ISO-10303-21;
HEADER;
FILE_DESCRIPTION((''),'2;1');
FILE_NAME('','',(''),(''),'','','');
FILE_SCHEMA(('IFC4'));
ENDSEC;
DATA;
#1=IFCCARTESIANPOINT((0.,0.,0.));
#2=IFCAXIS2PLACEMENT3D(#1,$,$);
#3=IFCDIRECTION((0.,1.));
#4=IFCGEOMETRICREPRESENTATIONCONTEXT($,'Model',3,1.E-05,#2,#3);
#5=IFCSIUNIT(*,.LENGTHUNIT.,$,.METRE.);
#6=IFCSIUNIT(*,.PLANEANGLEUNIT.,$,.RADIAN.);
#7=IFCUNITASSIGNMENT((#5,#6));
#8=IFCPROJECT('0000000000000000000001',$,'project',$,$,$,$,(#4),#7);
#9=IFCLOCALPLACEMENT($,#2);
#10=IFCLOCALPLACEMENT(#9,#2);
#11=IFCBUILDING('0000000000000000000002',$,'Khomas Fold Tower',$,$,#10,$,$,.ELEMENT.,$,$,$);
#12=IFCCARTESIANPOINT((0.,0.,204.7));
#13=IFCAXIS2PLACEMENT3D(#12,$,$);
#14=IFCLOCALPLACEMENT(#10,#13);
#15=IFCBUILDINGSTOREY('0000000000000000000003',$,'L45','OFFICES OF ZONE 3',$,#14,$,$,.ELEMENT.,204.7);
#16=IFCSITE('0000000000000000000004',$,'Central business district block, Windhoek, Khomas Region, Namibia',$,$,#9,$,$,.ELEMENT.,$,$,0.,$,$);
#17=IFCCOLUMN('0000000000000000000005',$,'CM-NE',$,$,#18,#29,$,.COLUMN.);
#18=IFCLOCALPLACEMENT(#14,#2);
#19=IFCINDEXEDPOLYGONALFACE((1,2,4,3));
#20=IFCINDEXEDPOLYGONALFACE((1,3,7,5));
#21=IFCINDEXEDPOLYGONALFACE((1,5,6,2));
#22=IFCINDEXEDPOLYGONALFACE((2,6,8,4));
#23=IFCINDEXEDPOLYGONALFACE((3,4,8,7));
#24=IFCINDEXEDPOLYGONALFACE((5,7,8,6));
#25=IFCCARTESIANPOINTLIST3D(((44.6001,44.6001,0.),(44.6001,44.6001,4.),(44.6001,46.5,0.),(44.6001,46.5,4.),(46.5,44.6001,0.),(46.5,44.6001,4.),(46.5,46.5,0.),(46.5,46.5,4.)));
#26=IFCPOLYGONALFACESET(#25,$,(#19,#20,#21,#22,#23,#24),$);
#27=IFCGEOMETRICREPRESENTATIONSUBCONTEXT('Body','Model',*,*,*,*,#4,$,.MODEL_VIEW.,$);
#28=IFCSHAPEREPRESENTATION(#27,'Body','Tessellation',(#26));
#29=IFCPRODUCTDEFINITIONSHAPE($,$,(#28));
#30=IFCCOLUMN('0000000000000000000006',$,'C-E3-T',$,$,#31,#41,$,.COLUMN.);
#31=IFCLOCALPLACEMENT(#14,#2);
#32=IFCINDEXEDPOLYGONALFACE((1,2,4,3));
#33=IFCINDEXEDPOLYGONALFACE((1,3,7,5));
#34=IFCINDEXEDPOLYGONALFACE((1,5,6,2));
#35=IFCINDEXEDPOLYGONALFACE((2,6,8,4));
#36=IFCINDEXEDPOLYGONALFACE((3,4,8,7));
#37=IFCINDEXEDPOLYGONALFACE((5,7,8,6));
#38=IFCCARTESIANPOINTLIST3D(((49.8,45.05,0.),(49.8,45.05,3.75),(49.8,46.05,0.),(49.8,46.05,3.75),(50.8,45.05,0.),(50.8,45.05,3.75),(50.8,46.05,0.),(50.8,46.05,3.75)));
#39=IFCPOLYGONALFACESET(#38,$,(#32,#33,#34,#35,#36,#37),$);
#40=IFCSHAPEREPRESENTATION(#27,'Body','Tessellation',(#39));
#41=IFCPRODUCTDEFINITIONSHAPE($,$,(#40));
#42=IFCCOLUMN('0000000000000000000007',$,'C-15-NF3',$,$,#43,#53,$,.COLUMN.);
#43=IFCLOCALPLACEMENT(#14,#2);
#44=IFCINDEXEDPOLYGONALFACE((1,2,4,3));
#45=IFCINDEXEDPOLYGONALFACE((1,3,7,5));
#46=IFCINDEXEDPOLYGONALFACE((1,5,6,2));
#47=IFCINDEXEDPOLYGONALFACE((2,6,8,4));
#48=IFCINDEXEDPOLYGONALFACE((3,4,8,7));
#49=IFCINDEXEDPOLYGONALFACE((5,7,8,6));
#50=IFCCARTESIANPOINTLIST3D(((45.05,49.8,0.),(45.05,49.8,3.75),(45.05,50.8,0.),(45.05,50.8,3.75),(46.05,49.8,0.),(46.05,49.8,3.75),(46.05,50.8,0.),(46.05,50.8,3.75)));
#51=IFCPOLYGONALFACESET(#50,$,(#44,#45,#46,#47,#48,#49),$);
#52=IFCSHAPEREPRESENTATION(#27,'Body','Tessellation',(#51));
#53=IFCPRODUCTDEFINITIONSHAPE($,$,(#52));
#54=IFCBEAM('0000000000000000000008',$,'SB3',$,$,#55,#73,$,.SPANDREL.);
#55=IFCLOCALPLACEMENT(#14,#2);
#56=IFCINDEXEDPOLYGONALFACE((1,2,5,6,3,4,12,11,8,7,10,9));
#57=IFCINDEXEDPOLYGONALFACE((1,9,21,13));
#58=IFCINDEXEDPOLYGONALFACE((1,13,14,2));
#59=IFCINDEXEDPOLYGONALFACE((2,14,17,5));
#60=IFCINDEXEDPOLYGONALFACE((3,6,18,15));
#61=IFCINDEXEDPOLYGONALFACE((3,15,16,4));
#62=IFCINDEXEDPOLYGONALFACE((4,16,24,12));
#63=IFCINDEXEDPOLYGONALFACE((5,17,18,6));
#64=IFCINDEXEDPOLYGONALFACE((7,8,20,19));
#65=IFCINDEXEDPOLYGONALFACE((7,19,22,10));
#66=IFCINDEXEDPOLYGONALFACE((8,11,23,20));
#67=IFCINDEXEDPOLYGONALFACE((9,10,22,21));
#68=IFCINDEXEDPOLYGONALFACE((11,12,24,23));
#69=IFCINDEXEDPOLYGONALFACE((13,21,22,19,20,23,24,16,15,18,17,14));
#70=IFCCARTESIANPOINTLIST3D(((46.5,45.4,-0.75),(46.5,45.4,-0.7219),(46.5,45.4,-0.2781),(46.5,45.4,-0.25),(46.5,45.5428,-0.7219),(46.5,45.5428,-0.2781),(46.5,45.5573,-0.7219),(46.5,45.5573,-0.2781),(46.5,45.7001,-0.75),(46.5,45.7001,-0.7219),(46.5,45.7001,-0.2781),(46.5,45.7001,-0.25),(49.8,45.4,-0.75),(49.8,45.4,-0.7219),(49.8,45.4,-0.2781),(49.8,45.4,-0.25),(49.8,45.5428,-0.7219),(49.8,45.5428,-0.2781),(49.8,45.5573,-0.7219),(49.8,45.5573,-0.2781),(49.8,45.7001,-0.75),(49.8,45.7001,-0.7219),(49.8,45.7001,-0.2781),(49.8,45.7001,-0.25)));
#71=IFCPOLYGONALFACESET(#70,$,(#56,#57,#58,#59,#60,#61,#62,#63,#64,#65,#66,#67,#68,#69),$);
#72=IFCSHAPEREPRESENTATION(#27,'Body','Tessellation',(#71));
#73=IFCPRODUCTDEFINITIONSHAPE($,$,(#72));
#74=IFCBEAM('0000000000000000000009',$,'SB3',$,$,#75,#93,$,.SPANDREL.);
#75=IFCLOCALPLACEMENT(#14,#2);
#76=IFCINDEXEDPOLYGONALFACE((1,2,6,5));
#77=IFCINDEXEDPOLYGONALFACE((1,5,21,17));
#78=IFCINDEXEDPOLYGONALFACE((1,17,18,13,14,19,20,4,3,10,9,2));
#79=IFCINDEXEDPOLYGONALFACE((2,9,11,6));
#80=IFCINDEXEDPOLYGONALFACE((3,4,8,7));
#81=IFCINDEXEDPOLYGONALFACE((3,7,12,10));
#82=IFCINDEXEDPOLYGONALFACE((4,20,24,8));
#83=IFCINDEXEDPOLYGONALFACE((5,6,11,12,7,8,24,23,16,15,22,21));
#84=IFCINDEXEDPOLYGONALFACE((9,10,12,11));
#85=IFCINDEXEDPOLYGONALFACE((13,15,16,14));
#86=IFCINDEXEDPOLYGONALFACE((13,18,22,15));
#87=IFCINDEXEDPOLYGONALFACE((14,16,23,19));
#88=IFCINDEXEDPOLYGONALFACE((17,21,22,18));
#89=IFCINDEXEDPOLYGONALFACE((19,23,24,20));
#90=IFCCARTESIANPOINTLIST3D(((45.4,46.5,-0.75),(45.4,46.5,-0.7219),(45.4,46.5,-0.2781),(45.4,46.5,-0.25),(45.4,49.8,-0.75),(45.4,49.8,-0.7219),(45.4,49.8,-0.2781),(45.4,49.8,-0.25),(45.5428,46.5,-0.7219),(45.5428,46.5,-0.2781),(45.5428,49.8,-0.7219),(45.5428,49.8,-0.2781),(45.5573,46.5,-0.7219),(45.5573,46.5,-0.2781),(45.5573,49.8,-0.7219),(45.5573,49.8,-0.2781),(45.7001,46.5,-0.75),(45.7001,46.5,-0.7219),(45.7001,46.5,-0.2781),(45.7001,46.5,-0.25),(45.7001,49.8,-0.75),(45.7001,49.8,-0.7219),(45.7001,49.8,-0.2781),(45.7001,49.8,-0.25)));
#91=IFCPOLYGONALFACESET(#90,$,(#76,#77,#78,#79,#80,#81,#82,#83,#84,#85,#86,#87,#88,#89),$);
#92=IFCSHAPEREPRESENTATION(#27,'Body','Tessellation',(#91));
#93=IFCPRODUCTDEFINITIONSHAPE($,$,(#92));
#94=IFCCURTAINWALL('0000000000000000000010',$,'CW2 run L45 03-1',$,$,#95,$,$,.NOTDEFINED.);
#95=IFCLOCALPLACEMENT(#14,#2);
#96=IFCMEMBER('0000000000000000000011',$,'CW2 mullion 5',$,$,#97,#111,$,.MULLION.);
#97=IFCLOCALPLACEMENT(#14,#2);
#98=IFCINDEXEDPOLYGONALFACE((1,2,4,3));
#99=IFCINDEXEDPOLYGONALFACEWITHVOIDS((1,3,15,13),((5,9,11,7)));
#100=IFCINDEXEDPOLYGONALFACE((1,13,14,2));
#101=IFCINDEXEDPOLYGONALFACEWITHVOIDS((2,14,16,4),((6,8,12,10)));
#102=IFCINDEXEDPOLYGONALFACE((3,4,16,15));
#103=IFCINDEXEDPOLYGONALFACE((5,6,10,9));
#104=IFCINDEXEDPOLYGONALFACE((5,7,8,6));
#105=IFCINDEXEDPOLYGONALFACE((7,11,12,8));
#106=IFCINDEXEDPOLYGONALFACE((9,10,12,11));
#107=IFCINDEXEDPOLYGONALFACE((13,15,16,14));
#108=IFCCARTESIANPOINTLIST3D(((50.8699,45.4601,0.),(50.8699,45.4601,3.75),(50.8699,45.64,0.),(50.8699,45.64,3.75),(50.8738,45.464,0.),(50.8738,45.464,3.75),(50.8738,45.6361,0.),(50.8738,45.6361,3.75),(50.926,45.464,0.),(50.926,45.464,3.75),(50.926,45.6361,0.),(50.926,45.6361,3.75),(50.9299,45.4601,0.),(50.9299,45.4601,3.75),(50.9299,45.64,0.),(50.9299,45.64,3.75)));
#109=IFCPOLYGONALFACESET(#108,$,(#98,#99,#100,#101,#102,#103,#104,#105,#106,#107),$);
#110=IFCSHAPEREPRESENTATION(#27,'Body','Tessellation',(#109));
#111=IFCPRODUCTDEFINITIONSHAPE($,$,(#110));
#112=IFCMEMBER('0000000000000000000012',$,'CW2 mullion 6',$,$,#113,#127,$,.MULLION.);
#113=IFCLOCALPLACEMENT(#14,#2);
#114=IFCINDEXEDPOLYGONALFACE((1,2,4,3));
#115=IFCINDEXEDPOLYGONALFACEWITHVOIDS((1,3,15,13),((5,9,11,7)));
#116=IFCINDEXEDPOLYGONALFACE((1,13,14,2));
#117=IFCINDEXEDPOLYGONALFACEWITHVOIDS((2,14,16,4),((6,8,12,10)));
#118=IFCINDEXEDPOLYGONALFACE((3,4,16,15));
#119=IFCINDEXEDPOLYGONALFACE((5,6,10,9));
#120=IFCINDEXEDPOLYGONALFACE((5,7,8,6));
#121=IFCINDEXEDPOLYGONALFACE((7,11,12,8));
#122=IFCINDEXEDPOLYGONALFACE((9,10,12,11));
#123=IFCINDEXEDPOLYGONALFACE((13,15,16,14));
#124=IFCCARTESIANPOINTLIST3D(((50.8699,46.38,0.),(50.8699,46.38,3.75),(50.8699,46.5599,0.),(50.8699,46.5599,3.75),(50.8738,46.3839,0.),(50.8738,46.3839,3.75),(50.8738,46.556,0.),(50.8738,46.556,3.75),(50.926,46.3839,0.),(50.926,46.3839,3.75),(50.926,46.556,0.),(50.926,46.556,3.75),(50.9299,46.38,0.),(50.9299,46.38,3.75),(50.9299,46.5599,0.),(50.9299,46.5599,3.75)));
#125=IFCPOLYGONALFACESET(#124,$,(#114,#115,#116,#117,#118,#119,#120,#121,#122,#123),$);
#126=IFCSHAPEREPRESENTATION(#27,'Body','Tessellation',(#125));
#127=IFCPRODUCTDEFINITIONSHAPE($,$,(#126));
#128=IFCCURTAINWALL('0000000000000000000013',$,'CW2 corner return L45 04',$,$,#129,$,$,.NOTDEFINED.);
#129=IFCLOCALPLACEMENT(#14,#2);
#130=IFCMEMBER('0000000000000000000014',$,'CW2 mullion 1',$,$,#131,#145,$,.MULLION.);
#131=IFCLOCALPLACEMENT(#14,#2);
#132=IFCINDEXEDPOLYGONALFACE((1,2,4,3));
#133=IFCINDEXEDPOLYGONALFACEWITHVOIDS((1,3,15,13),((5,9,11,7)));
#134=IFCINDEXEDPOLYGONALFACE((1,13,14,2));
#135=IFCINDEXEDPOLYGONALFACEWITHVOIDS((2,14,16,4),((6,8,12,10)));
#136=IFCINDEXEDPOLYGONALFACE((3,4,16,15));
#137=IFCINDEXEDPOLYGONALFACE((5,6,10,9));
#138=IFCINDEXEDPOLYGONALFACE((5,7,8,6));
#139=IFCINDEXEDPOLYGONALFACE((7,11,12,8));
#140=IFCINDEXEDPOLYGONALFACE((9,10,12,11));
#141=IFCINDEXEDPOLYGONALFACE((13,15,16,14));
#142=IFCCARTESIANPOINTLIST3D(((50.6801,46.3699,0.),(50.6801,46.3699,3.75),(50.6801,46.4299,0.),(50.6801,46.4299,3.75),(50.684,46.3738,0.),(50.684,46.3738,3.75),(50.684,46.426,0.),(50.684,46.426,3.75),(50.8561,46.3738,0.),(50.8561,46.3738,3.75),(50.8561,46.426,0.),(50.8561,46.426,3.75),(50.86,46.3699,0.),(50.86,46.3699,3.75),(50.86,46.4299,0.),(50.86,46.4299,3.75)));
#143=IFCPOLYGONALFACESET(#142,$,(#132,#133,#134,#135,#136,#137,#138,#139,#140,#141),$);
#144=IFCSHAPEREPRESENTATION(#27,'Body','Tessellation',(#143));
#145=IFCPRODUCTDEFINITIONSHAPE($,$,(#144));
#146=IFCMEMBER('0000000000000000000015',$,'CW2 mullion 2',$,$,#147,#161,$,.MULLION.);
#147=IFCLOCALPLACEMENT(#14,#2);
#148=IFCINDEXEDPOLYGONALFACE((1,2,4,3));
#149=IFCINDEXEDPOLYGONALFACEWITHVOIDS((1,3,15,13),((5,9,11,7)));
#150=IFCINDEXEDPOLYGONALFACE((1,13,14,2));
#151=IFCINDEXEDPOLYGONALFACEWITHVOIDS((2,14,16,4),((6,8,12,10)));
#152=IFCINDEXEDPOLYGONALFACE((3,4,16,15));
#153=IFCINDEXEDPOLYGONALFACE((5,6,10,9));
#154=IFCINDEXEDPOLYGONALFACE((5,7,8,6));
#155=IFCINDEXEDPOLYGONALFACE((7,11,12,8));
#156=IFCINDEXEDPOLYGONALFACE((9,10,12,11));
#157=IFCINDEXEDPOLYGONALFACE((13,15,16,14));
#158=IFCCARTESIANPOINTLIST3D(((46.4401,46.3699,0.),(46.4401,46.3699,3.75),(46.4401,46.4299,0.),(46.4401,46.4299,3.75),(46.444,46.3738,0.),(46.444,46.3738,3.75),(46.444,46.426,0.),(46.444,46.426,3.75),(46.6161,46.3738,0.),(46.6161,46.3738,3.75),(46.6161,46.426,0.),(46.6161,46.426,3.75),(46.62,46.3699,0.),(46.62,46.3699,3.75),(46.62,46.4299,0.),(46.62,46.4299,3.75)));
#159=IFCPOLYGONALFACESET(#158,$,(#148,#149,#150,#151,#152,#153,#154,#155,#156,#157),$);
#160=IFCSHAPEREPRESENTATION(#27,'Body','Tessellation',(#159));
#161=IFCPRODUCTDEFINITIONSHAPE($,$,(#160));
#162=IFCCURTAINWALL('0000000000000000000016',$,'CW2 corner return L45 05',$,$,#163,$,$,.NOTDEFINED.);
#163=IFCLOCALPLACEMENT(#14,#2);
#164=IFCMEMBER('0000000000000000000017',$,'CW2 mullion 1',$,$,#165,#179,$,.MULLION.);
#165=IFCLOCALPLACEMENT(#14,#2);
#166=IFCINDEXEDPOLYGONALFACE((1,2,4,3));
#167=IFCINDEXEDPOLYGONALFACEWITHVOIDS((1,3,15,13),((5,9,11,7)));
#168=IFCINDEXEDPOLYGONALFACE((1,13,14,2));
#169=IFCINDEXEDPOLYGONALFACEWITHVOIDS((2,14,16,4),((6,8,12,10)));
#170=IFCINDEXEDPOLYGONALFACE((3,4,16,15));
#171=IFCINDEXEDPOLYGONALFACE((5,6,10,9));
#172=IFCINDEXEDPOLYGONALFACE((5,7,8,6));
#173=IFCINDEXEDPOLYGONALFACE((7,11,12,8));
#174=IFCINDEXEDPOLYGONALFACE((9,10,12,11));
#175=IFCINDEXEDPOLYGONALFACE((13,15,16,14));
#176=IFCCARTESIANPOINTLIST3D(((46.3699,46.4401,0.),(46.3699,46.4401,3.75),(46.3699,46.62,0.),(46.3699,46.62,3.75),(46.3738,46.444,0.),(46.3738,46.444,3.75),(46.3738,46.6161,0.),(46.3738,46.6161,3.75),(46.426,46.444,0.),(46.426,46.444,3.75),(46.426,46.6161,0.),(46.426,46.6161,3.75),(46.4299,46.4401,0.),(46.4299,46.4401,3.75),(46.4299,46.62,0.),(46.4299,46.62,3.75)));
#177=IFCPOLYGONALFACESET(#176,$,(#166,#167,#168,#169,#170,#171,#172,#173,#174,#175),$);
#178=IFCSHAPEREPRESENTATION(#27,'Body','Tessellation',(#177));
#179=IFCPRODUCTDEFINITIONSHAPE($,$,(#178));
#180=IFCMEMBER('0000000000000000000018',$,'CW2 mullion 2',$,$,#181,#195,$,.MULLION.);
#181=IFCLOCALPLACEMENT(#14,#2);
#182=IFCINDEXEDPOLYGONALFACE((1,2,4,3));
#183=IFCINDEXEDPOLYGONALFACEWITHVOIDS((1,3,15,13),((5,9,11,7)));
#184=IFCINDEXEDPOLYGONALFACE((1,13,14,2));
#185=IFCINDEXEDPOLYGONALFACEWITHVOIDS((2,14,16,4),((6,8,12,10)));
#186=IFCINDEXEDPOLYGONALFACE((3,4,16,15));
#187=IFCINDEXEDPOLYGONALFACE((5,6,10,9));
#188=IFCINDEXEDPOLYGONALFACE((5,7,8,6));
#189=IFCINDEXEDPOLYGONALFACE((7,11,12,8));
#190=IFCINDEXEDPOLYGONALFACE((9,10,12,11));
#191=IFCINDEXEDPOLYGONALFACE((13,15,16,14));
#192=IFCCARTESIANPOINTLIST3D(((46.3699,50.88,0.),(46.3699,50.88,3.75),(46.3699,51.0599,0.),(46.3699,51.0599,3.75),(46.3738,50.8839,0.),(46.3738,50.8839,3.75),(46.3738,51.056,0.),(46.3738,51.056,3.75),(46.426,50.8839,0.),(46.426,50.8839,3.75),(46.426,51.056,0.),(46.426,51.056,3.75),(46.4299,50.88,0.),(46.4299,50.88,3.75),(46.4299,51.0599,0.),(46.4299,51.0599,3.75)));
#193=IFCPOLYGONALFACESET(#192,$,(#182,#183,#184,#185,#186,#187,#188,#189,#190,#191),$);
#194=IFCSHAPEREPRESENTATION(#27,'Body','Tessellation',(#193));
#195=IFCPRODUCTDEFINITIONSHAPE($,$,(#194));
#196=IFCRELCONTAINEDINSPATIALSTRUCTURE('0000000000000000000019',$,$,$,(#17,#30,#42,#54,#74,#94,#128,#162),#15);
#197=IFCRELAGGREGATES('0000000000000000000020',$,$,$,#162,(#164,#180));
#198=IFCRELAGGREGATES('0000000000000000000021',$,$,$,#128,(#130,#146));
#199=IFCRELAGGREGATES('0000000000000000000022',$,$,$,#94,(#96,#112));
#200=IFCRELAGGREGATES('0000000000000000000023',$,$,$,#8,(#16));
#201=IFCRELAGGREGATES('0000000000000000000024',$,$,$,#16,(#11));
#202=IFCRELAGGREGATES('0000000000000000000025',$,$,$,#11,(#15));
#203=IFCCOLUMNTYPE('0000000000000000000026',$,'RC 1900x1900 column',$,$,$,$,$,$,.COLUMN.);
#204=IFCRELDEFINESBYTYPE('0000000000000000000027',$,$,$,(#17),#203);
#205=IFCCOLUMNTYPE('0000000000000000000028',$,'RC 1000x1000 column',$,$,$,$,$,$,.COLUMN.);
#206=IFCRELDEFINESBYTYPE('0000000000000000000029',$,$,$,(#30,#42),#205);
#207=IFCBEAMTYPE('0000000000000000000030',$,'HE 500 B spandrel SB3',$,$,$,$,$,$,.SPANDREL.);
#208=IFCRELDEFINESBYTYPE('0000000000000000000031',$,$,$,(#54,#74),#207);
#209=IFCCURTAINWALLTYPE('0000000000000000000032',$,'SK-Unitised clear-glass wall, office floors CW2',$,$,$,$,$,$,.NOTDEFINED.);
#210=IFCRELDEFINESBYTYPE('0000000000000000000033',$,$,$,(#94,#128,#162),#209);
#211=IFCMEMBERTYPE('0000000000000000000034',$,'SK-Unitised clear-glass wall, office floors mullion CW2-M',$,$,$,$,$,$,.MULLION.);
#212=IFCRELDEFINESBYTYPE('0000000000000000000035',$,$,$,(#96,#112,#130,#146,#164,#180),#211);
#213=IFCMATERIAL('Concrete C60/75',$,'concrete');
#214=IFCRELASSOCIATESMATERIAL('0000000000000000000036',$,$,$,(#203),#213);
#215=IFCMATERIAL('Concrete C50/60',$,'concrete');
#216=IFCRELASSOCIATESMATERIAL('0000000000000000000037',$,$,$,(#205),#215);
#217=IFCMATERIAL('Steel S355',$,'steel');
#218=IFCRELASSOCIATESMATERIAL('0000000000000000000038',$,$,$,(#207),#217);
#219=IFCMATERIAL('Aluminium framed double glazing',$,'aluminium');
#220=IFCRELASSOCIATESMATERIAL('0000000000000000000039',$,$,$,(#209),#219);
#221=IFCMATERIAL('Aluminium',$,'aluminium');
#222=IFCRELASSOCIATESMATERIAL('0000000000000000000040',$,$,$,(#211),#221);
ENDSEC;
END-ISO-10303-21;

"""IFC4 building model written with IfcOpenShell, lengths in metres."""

from ifc_helpers import new_model, si_unit, direction, frame, origin, origin_2d, place, context, subcontext, project, spatial, rectangle, hollow_rectangle, i_section, extrude, source, transform, mapped, material, material_profile, profile_set, type_object, element, aggregate, save


model = new_model("IFC4")

# Units and contexts
model_context = context("Model", 3, precision=1e-05, world=origin(), true_north=direction((0.0, 1.0)))
body_context = subcontext(model_context, "Body", "Model", "MODEL_VIEW")
ifc_project = project(units=[si_unit("LENGTHUNIT", "METRE"), si_unit("PLANEANGLEUNIT", "RADIAN")], contexts=[model_context])

# Site, building, storey
site_placement = place(None, origin())
site = spatial("IfcSite", under=ifc_project, at=site_placement, Name="Central business district block, Windhoek, Khomas Region, Namibia", CompositionType="ELEMENT", RefElevation=0.0)
building_placement = place(site_placement, origin())
building = spatial("IfcBuilding", under=site, at=building_placement, Name="Khomas Fold Tower", CompositionType="ELEMENT")
storey_placement = place(building_placement, frame((0.0, 0.0, 204.7)))
storey = spatial("IfcBuildingStorey", under=building, at=storey_placement, Name="L45", Description="OFFICES OF ZONE 3", CompositionType="ELEMENT", Elevation=204.7)

# Columns
ifc_material_1 = material(Name="Concrete C60/75", Category="concrete")
ifc_material_profile_1 = material_profile(ifc_material_1, rectangle(XDim=1.8999, YDim=1.8999, at=origin_2d()), Name="RC 1900x1900")
ifc_profile_set_1 = profile_set([ifc_material_profile_1], Name="Concrete C60/75")
column_type_1 = type_object("IfcColumnType", Name="RC 1900x1900 column", PredefinedType="COLUMN", material=ifc_profile_set_1)
shared_shape_1 = source(origin(), body_context, "Body", "SweptSolid", [
    extrude(rectangle(XDim=1.8999, YDim=1.8999, at=origin_2d()), origin(), (0.0, 0.0, 1.0), 4.0),
])
column_placement = place(storey_placement, frame((45.55, 45.55, 0.0), z_axis=(0.0, 0.0, 1.0), x_axis=(1.0, 0.0, 0.0)))
element("IfcColumn", 1, at=column_placement, inside=storey, type_object=column_type_1, Name="CM-NE", PredefinedType="COLUMN", context=body_context, shape_type="MappedRepresentation", body=[
    mapped(shared_shape_1, transform((0.0, 0.0, 0.0))),
])
ifc_material_2 = material(Name="Concrete C50/60", Category="concrete")
ifc_material_profile_2 = material_profile(ifc_material_2, rectangle(XDim=1.0, YDim=1.0, at=origin_2d()), Name="RC 1000x1000")
ifc_profile_set_2 = profile_set([ifc_material_profile_2], Name="Concrete C50/60")
column_type_2 = type_object("IfcColumnType", Name="RC 1000x1000 column", PredefinedType="COLUMN", material=ifc_profile_set_2)
shared_shape_2 = source(origin(), body_context, "Body", "SweptSolid", [
    extrude(rectangle(XDim=1.0, YDim=1.0, at=origin_2d()), origin(), (0.0, 0.0, 1.0), 3.75),
])
for number, where, z_axis, x_axis, name in (
    (2, (50.3, 45.55, 0.0), (0.0, 0.0, 1.0), (1.0, 0.0, 0.0), "C-E3-T"),
    (3, (45.55, 50.3, 0.0), (0.0, 0.0, 1.0), (1.0, 0.0, 0.0), "C-15-NF3"),
):
    element("IfcColumn", number, at=place(storey_placement, frame(where, z_axis=z_axis, x_axis=x_axis)), inside=storey, type_object=column_type_2, Name=name, PredefinedType="COLUMN", context=body_context, shape_type="MappedRepresentation", body=[
        mapped(shared_shape_2, transform((0.0, 0.0, 0.0))),
    ])

# Beams
ifc_material_3 = material(Name="Steel S355", Category="steel")
ifc_material_profile_3 = material_profile(ifc_material_3, i_section(OverallWidth=0.3, OverallDepth=0.5, WebThickness=0.0144, FlangeThickness=0.0281, at=origin_2d()), Name="HE 500 B")
ifc_profile_set_3 = profile_set([ifc_material_profile_3], Name="Steel S355")
beam_type = type_object("IfcBeamType", Name="HE 500 B spandrel SB3", PredefinedType="SPANDREL", material=ifc_profile_set_3)
shared_shape_3 = source(origin(), body_context, "Body", "SweptSolid", [
    extrude(i_section(OverallWidth=0.3, OverallDepth=0.5, WebThickness=0.0144, FlangeThickness=0.0281, at=origin_2d()), origin(), (0.0, 0.0, 1.0), 3.3),
])
for number, where, z_axis, x_axis, name in (
    (4, (46.5, 45.55, -0.5), (1.0, 0.0, 0.0), (0.0, 1.0, 0.0), "SB3"),
    (5, (45.55, 46.5, -0.5), (0.0, 1.0, 0.0), (-1.0, 0.0, 0.0), "SB3"),
):
    element("IfcBeam", number, at=place(storey_placement, frame(where, z_axis=z_axis, x_axis=x_axis)), inside=storey, type_object=beam_type, Name=name, PredefinedType="SPANDREL", context=body_context, shape_type="MappedRepresentation", body=[
        mapped(shared_shape_3, transform((0.0, 0.0, 0.0))),
    ])

# Curtain walls, members
ifc_material_4 = material(Name="Aluminium framed double glazing", Category="aluminium")
curtain_wall_type = type_object("IfcCurtainWallType", Name="SK-Unitised clear-glass wall, office floors CW2", PredefinedType="NOTDEFINED", material=ifc_material_4)
curtain_wall_1_placement = place(storey_placement, origin())
curtain_wall_1 = element("IfcCurtainWall", 6, at=curtain_wall_1_placement, inside=storey, type_object=curtain_wall_type, Name="CW2 run L45 03-1", PredefinedType="NOTDEFINED")
ifc_material_5 = material(Name="Aluminium", Category="aluminium")
ifc_material_profile_4 = material_profile(ifc_material_5, hollow_rectangle(XDim=0.0601, YDim=0.1799, WallThickness=0.0039, at=origin_2d()), Name="SK-Unitised clear-glass wall, office floors mullion CW2-M")
ifc_profile_set_4 = profile_set([ifc_material_profile_4], Name="Aluminium")
member_type_1 = type_object("IfcMemberType", Name="SK-Unitised clear-glass wall, office floors mullion CW2-M", PredefinedType="MULLION", material=ifc_profile_set_4)
shared_shape_4 = source(origin(), body_context, "Body", "SweptSolid", [
    extrude(hollow_rectangle(XDim=0.0601, YDim=0.1799, WallThickness=0.0039, at=origin_2d()), origin(), (0.0, 0.0, 1.0), 3.75),
])
member_1_placement = place(storey_placement, frame((50.8999, 45.55, 0.0), z_axis=(0.0, 0.0, 1.0), x_axis=(-1.0, 0.0, 0.0)))
member_1 = element("IfcMember", 7, at=member_1_placement, type_object=member_type_1, Name="CW2 mullion 5", PredefinedType="MULLION", context=body_context, shape_type="MappedRepresentation", body=[
    mapped(shared_shape_4, transform((0.0, 0.0, 0.0))),
])
member_2_placement = place(storey_placement, frame((50.8999, 46.47, 0.0), z_axis=(0.0, 0.0, 1.0), x_axis=(-1.0, 0.0, 0.0)))
member_2 = element("IfcMember", 8, at=member_2_placement, type_object=member_type_1, Name="CW2 mullion 6", PredefinedType="MULLION", context=body_context, shape_type="MappedRepresentation", body=[
    mapped(shared_shape_4, transform((0.0, 0.0, 0.0))),
])
curtain_wall_2_placement = place(storey_placement, origin())
curtain_wall_2 = element("IfcCurtainWall", 9, at=curtain_wall_2_placement, inside=storey, type_object=curtain_wall_type, Name="CW2 corner return L45 04", PredefinedType="NOTDEFINED")
member_3_placement = place(storey_placement, frame((50.77, 46.3999, 0.0), z_axis=(0.0, 0.0, 1.0), x_axis=(0.0, -1.0, 0.0)))
member_3 = element("IfcMember", 10, at=member_3_placement, type_object=member_type_1, Name="CW2 mullion 1", PredefinedType="MULLION", context=body_context, shape_type="MappedRepresentation", body=[
    mapped(shared_shape_4, transform((0.0, 0.0, 0.0))),
])
member_4_placement = place(storey_placement, frame((46.53, 46.3999, 0.0), z_axis=(0.0, 0.0, 1.0), x_axis=(0.0, -1.0, 0.0)))
member_4 = element("IfcMember", 11, at=member_4_placement, type_object=member_type_1, Name="CW2 mullion 2", PredefinedType="MULLION", context=body_context, shape_type="MappedRepresentation", body=[
    mapped(shared_shape_4, transform((0.0, 0.0, 0.0))),
])
curtain_wall_3_placement = place(storey_placement, origin())
curtain_wall_3 = element("IfcCurtainWall", 12, at=curtain_wall_3_placement, inside=storey, type_object=curtain_wall_type, Name="CW2 corner return L45 05", PredefinedType="NOTDEFINED")
member_5_placement = place(storey_placement, frame((46.3999, 46.53, 0.0), z_axis=(0.0, 0.0, 1.0), x_axis=(-1.0, 0.0, 0.0)))
member_5 = element("IfcMember", 13, at=member_5_placement, type_object=member_type_1, Name="CW2 mullion 1", PredefinedType="MULLION", context=body_context, shape_type="MappedRepresentation", body=[
    mapped(shared_shape_4, transform((0.0, 0.0, 0.0))),
])
member_6_placement = place(storey_placement, frame((46.3999, 50.97, 0.0), z_axis=(0.0, 0.0, 1.0), x_axis=(-1.0, 0.0, 0.0)))
member_6 = element("IfcMember", 14, at=member_6_placement, type_object=member_type_1, Name="CW2 mullion 2", PredefinedType="MULLION", context=body_context, shape_type="MappedRepresentation", body=[
    mapped(shared_shape_4, transform((0.0, 0.0, 0.0))),
])

aggregate(curtain_wall_3, [member_5, member_6])
aggregate(curtain_wall_2, [member_3, member_4])
aggregate(curtain_wall_1, [member_1, member_2])

save(model, "model.ifc")
